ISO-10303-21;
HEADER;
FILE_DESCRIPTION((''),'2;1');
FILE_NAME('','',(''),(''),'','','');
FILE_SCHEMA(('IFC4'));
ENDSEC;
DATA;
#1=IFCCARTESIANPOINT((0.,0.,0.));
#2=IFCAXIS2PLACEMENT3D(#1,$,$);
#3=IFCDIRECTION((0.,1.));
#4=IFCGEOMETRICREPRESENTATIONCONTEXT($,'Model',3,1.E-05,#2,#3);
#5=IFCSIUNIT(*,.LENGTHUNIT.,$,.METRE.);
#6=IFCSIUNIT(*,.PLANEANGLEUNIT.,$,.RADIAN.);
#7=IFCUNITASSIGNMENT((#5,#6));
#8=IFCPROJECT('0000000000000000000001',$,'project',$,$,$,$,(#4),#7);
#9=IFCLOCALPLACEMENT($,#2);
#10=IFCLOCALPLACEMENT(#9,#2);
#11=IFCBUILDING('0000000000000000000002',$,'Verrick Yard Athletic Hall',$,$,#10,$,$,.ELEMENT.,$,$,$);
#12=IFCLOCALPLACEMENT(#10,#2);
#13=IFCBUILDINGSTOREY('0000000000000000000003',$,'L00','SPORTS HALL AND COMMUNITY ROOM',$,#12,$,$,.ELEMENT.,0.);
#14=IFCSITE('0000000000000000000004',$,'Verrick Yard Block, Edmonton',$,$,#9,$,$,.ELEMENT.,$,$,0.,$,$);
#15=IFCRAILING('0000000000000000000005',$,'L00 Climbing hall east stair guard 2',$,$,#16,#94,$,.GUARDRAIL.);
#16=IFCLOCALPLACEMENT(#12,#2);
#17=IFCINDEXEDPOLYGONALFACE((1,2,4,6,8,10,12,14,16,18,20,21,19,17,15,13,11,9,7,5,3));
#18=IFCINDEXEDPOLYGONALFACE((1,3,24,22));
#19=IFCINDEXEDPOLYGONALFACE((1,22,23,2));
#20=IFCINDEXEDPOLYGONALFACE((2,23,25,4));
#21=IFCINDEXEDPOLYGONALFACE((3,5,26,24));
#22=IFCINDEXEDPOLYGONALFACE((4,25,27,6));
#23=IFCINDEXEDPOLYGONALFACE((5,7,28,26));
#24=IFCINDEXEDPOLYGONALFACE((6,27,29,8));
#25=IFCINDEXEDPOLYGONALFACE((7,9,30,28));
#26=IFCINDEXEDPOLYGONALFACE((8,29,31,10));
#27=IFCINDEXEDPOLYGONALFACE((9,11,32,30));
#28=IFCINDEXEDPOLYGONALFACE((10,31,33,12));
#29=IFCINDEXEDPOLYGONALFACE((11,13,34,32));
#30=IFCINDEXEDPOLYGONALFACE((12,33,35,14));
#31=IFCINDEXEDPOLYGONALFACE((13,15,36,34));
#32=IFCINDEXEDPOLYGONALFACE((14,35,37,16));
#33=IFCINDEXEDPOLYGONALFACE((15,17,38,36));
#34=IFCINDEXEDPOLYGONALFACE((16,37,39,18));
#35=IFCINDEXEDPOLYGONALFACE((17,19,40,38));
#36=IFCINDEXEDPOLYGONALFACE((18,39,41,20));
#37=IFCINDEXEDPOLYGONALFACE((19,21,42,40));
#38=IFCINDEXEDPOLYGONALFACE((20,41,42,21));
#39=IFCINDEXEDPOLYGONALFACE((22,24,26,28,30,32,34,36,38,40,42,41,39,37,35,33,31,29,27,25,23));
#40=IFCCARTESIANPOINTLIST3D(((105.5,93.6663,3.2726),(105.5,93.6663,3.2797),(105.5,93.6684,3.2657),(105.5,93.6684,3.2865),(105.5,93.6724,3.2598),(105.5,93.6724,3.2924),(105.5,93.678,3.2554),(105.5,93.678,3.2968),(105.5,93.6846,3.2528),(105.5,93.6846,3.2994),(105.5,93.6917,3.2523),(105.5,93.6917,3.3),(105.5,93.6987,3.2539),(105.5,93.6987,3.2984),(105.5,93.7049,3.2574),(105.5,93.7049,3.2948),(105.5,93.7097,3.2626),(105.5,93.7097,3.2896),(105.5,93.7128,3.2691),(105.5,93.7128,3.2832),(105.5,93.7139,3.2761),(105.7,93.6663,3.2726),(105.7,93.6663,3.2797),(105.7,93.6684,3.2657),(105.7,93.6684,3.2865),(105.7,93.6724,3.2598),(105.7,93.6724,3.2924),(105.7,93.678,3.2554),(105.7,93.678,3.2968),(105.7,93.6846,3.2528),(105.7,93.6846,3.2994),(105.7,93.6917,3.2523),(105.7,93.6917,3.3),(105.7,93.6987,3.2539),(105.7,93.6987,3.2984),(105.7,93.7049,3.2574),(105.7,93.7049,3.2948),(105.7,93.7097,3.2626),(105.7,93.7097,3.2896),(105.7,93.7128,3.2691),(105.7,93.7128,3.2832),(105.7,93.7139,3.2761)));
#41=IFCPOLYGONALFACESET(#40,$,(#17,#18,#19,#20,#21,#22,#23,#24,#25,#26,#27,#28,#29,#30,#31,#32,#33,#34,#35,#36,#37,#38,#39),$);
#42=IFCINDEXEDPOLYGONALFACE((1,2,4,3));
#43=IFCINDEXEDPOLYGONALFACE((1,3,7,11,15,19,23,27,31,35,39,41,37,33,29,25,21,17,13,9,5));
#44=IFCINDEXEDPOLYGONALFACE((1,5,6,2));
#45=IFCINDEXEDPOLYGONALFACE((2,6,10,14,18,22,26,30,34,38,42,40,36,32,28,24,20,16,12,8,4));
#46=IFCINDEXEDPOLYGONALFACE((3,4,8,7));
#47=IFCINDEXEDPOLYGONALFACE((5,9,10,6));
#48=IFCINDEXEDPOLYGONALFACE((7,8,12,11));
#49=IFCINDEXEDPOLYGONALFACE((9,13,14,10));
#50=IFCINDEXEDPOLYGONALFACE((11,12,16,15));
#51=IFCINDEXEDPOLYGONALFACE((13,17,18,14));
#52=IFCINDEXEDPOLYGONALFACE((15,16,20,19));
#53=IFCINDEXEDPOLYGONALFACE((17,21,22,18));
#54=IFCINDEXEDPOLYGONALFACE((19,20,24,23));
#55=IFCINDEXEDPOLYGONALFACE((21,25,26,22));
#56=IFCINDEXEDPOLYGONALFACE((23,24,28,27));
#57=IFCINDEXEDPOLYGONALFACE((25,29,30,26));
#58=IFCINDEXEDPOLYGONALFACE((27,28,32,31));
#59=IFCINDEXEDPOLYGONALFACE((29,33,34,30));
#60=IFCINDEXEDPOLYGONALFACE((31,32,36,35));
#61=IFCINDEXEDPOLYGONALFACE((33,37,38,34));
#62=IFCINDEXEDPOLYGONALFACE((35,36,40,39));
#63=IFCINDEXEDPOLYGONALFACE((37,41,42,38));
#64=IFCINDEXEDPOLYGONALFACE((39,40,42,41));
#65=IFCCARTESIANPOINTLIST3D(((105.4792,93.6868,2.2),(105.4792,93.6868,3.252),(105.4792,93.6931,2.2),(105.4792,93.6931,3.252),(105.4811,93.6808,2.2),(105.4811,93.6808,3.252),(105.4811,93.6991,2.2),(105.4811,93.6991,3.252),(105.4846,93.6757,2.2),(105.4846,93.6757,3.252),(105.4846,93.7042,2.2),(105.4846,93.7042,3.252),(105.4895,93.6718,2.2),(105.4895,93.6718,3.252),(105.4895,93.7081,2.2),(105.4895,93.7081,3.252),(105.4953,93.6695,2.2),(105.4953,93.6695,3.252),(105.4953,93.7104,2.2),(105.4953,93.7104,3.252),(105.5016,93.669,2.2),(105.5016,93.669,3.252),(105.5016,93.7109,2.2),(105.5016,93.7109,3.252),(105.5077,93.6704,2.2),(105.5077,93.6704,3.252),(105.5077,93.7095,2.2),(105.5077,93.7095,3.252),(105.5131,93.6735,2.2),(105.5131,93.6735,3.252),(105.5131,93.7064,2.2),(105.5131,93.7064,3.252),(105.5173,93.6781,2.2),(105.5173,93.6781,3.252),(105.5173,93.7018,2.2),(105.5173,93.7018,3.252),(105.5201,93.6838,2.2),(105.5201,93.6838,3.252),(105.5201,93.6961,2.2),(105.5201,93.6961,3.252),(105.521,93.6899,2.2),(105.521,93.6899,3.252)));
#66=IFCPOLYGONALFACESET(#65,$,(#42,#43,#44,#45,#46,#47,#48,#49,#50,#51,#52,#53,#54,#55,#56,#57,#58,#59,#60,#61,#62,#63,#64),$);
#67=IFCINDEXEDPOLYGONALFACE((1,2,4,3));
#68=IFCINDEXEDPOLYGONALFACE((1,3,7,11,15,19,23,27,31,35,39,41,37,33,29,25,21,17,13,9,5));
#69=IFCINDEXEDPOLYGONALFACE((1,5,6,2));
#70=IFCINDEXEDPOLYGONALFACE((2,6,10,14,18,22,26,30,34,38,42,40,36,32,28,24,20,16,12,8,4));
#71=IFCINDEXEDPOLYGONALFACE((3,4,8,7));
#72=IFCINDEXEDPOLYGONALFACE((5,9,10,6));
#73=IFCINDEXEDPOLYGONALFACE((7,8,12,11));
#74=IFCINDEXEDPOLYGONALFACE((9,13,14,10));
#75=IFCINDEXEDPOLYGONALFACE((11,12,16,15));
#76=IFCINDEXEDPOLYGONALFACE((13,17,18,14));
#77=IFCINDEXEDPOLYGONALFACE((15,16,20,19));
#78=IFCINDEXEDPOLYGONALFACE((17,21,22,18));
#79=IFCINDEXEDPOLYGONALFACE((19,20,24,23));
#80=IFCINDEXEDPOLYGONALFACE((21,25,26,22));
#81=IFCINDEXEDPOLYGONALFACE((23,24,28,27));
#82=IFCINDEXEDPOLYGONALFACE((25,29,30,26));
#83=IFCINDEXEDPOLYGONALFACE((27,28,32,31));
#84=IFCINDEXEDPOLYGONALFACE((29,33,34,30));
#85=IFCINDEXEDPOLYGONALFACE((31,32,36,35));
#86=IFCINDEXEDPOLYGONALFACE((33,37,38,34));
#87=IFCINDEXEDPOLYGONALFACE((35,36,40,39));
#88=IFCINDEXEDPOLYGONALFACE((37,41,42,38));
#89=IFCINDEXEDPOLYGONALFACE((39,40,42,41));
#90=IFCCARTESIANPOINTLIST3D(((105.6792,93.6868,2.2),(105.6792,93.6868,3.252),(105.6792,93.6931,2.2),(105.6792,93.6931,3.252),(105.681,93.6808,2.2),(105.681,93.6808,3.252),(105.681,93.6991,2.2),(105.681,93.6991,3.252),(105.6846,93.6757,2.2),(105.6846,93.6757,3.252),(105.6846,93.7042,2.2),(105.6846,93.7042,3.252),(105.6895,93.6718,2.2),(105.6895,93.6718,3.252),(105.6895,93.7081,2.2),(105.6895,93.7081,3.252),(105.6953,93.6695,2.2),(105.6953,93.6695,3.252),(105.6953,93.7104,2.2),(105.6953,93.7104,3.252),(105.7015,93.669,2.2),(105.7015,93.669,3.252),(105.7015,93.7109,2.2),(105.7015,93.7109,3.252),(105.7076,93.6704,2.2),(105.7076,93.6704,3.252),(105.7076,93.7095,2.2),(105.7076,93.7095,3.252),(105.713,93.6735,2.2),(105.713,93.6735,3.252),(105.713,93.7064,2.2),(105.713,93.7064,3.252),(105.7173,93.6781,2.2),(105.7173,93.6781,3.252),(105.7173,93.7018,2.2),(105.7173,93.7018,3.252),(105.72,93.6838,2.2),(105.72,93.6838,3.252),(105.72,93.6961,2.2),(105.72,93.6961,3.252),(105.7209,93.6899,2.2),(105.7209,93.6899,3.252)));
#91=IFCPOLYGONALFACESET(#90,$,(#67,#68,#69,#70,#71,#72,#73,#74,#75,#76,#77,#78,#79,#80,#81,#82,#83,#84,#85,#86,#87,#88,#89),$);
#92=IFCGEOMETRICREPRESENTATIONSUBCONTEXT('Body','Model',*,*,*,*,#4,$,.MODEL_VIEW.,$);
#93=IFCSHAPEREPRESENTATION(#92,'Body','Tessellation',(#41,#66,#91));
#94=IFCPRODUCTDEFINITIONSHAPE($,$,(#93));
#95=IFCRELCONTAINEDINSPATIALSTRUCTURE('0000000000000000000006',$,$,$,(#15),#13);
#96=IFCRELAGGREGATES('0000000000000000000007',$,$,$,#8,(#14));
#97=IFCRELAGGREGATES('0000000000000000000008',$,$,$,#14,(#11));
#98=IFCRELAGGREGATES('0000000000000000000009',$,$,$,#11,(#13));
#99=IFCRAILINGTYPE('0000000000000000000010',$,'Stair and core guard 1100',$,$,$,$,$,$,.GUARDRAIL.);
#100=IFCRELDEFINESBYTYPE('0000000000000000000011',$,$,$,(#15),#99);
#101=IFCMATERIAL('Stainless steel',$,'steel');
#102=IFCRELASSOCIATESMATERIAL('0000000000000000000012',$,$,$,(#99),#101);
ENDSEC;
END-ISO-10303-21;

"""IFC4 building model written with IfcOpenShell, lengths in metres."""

from ifc_helpers import new_model, si_unit, direction, frame, origin, origin_2d, place, context, subcontext, project, spatial, circle, extrude, material, type_object, element, save


model = new_model("IFC4")

# Units and contexts
model_context = context("Model", 3, precision=1e-05, world=origin(), true_north=direction((0.0, 1.0)))
body_context = subcontext(model_context, "Body", "Model", "MODEL_VIEW")
ifc_project = project(units=[si_unit("LENGTHUNIT", "METRE"), si_unit("PLANEANGLEUNIT", "RADIAN")], contexts=[model_context])

# Site, building, storey
site_placement = place(None, origin())
site = spatial("IfcSite", under=ifc_project, at=site_placement, Name="Verrick Yard Block, Edmonton", CompositionType="ELEMENT", RefElevation=0.0)
building_placement = place(site_placement, origin())
building = spatial("IfcBuilding", under=site, at=building_placement, Name="Verrick Yard Athletic Hall", CompositionType="ELEMENT")
storey_placement = place(building_placement, origin())
storey = spatial("IfcBuildingStorey", under=building, at=storey_placement, Name="L00", Description="SPORTS HALL AND COMMUNITY ROOM", CompositionType="ELEMENT", Elevation=0.0)

# Railing
ifc_material_1 = material(Name="Stainless steel", Category="steel")
railing_type_1 = type_object("IfcRailingType", Name="Stair and core guard 1100", PredefinedType="GUARDRAIL", material=ifc_material_1)
railing_1_placement = place(storey_placement, frame((105.5, 93.6899, 2.2)))
element("IfcRailing", 1, at=railing_1_placement, inside=storey, type_object=railing_type_1, Name="L00 Climbing hall east stair guard 2", PredefinedType="GUARDRAIL", context=body_context, shape_type="SweptSolid", body=[
    extrude(circle(Radius=0.0239, at=origin_2d()), frame((0.0, 0.0, 1.0762), z_axis=(1.0, 0.0, 0.0), x_axis=(0.0, 1.0, 0.0)), (0.0, 0.0, 1.0), 0.2),
    extrude(circle(Radius=0.021, at=origin_2d()), origin(), (0.0, 0.0, 1.0), 1.052),
    extrude(circle(Radius=0.021, at=origin_2d()), frame((0.2, 0.0, 0.0)), (0.0, 0.0, 1.0), 1.052),
])

save(model, "model.ifc")
